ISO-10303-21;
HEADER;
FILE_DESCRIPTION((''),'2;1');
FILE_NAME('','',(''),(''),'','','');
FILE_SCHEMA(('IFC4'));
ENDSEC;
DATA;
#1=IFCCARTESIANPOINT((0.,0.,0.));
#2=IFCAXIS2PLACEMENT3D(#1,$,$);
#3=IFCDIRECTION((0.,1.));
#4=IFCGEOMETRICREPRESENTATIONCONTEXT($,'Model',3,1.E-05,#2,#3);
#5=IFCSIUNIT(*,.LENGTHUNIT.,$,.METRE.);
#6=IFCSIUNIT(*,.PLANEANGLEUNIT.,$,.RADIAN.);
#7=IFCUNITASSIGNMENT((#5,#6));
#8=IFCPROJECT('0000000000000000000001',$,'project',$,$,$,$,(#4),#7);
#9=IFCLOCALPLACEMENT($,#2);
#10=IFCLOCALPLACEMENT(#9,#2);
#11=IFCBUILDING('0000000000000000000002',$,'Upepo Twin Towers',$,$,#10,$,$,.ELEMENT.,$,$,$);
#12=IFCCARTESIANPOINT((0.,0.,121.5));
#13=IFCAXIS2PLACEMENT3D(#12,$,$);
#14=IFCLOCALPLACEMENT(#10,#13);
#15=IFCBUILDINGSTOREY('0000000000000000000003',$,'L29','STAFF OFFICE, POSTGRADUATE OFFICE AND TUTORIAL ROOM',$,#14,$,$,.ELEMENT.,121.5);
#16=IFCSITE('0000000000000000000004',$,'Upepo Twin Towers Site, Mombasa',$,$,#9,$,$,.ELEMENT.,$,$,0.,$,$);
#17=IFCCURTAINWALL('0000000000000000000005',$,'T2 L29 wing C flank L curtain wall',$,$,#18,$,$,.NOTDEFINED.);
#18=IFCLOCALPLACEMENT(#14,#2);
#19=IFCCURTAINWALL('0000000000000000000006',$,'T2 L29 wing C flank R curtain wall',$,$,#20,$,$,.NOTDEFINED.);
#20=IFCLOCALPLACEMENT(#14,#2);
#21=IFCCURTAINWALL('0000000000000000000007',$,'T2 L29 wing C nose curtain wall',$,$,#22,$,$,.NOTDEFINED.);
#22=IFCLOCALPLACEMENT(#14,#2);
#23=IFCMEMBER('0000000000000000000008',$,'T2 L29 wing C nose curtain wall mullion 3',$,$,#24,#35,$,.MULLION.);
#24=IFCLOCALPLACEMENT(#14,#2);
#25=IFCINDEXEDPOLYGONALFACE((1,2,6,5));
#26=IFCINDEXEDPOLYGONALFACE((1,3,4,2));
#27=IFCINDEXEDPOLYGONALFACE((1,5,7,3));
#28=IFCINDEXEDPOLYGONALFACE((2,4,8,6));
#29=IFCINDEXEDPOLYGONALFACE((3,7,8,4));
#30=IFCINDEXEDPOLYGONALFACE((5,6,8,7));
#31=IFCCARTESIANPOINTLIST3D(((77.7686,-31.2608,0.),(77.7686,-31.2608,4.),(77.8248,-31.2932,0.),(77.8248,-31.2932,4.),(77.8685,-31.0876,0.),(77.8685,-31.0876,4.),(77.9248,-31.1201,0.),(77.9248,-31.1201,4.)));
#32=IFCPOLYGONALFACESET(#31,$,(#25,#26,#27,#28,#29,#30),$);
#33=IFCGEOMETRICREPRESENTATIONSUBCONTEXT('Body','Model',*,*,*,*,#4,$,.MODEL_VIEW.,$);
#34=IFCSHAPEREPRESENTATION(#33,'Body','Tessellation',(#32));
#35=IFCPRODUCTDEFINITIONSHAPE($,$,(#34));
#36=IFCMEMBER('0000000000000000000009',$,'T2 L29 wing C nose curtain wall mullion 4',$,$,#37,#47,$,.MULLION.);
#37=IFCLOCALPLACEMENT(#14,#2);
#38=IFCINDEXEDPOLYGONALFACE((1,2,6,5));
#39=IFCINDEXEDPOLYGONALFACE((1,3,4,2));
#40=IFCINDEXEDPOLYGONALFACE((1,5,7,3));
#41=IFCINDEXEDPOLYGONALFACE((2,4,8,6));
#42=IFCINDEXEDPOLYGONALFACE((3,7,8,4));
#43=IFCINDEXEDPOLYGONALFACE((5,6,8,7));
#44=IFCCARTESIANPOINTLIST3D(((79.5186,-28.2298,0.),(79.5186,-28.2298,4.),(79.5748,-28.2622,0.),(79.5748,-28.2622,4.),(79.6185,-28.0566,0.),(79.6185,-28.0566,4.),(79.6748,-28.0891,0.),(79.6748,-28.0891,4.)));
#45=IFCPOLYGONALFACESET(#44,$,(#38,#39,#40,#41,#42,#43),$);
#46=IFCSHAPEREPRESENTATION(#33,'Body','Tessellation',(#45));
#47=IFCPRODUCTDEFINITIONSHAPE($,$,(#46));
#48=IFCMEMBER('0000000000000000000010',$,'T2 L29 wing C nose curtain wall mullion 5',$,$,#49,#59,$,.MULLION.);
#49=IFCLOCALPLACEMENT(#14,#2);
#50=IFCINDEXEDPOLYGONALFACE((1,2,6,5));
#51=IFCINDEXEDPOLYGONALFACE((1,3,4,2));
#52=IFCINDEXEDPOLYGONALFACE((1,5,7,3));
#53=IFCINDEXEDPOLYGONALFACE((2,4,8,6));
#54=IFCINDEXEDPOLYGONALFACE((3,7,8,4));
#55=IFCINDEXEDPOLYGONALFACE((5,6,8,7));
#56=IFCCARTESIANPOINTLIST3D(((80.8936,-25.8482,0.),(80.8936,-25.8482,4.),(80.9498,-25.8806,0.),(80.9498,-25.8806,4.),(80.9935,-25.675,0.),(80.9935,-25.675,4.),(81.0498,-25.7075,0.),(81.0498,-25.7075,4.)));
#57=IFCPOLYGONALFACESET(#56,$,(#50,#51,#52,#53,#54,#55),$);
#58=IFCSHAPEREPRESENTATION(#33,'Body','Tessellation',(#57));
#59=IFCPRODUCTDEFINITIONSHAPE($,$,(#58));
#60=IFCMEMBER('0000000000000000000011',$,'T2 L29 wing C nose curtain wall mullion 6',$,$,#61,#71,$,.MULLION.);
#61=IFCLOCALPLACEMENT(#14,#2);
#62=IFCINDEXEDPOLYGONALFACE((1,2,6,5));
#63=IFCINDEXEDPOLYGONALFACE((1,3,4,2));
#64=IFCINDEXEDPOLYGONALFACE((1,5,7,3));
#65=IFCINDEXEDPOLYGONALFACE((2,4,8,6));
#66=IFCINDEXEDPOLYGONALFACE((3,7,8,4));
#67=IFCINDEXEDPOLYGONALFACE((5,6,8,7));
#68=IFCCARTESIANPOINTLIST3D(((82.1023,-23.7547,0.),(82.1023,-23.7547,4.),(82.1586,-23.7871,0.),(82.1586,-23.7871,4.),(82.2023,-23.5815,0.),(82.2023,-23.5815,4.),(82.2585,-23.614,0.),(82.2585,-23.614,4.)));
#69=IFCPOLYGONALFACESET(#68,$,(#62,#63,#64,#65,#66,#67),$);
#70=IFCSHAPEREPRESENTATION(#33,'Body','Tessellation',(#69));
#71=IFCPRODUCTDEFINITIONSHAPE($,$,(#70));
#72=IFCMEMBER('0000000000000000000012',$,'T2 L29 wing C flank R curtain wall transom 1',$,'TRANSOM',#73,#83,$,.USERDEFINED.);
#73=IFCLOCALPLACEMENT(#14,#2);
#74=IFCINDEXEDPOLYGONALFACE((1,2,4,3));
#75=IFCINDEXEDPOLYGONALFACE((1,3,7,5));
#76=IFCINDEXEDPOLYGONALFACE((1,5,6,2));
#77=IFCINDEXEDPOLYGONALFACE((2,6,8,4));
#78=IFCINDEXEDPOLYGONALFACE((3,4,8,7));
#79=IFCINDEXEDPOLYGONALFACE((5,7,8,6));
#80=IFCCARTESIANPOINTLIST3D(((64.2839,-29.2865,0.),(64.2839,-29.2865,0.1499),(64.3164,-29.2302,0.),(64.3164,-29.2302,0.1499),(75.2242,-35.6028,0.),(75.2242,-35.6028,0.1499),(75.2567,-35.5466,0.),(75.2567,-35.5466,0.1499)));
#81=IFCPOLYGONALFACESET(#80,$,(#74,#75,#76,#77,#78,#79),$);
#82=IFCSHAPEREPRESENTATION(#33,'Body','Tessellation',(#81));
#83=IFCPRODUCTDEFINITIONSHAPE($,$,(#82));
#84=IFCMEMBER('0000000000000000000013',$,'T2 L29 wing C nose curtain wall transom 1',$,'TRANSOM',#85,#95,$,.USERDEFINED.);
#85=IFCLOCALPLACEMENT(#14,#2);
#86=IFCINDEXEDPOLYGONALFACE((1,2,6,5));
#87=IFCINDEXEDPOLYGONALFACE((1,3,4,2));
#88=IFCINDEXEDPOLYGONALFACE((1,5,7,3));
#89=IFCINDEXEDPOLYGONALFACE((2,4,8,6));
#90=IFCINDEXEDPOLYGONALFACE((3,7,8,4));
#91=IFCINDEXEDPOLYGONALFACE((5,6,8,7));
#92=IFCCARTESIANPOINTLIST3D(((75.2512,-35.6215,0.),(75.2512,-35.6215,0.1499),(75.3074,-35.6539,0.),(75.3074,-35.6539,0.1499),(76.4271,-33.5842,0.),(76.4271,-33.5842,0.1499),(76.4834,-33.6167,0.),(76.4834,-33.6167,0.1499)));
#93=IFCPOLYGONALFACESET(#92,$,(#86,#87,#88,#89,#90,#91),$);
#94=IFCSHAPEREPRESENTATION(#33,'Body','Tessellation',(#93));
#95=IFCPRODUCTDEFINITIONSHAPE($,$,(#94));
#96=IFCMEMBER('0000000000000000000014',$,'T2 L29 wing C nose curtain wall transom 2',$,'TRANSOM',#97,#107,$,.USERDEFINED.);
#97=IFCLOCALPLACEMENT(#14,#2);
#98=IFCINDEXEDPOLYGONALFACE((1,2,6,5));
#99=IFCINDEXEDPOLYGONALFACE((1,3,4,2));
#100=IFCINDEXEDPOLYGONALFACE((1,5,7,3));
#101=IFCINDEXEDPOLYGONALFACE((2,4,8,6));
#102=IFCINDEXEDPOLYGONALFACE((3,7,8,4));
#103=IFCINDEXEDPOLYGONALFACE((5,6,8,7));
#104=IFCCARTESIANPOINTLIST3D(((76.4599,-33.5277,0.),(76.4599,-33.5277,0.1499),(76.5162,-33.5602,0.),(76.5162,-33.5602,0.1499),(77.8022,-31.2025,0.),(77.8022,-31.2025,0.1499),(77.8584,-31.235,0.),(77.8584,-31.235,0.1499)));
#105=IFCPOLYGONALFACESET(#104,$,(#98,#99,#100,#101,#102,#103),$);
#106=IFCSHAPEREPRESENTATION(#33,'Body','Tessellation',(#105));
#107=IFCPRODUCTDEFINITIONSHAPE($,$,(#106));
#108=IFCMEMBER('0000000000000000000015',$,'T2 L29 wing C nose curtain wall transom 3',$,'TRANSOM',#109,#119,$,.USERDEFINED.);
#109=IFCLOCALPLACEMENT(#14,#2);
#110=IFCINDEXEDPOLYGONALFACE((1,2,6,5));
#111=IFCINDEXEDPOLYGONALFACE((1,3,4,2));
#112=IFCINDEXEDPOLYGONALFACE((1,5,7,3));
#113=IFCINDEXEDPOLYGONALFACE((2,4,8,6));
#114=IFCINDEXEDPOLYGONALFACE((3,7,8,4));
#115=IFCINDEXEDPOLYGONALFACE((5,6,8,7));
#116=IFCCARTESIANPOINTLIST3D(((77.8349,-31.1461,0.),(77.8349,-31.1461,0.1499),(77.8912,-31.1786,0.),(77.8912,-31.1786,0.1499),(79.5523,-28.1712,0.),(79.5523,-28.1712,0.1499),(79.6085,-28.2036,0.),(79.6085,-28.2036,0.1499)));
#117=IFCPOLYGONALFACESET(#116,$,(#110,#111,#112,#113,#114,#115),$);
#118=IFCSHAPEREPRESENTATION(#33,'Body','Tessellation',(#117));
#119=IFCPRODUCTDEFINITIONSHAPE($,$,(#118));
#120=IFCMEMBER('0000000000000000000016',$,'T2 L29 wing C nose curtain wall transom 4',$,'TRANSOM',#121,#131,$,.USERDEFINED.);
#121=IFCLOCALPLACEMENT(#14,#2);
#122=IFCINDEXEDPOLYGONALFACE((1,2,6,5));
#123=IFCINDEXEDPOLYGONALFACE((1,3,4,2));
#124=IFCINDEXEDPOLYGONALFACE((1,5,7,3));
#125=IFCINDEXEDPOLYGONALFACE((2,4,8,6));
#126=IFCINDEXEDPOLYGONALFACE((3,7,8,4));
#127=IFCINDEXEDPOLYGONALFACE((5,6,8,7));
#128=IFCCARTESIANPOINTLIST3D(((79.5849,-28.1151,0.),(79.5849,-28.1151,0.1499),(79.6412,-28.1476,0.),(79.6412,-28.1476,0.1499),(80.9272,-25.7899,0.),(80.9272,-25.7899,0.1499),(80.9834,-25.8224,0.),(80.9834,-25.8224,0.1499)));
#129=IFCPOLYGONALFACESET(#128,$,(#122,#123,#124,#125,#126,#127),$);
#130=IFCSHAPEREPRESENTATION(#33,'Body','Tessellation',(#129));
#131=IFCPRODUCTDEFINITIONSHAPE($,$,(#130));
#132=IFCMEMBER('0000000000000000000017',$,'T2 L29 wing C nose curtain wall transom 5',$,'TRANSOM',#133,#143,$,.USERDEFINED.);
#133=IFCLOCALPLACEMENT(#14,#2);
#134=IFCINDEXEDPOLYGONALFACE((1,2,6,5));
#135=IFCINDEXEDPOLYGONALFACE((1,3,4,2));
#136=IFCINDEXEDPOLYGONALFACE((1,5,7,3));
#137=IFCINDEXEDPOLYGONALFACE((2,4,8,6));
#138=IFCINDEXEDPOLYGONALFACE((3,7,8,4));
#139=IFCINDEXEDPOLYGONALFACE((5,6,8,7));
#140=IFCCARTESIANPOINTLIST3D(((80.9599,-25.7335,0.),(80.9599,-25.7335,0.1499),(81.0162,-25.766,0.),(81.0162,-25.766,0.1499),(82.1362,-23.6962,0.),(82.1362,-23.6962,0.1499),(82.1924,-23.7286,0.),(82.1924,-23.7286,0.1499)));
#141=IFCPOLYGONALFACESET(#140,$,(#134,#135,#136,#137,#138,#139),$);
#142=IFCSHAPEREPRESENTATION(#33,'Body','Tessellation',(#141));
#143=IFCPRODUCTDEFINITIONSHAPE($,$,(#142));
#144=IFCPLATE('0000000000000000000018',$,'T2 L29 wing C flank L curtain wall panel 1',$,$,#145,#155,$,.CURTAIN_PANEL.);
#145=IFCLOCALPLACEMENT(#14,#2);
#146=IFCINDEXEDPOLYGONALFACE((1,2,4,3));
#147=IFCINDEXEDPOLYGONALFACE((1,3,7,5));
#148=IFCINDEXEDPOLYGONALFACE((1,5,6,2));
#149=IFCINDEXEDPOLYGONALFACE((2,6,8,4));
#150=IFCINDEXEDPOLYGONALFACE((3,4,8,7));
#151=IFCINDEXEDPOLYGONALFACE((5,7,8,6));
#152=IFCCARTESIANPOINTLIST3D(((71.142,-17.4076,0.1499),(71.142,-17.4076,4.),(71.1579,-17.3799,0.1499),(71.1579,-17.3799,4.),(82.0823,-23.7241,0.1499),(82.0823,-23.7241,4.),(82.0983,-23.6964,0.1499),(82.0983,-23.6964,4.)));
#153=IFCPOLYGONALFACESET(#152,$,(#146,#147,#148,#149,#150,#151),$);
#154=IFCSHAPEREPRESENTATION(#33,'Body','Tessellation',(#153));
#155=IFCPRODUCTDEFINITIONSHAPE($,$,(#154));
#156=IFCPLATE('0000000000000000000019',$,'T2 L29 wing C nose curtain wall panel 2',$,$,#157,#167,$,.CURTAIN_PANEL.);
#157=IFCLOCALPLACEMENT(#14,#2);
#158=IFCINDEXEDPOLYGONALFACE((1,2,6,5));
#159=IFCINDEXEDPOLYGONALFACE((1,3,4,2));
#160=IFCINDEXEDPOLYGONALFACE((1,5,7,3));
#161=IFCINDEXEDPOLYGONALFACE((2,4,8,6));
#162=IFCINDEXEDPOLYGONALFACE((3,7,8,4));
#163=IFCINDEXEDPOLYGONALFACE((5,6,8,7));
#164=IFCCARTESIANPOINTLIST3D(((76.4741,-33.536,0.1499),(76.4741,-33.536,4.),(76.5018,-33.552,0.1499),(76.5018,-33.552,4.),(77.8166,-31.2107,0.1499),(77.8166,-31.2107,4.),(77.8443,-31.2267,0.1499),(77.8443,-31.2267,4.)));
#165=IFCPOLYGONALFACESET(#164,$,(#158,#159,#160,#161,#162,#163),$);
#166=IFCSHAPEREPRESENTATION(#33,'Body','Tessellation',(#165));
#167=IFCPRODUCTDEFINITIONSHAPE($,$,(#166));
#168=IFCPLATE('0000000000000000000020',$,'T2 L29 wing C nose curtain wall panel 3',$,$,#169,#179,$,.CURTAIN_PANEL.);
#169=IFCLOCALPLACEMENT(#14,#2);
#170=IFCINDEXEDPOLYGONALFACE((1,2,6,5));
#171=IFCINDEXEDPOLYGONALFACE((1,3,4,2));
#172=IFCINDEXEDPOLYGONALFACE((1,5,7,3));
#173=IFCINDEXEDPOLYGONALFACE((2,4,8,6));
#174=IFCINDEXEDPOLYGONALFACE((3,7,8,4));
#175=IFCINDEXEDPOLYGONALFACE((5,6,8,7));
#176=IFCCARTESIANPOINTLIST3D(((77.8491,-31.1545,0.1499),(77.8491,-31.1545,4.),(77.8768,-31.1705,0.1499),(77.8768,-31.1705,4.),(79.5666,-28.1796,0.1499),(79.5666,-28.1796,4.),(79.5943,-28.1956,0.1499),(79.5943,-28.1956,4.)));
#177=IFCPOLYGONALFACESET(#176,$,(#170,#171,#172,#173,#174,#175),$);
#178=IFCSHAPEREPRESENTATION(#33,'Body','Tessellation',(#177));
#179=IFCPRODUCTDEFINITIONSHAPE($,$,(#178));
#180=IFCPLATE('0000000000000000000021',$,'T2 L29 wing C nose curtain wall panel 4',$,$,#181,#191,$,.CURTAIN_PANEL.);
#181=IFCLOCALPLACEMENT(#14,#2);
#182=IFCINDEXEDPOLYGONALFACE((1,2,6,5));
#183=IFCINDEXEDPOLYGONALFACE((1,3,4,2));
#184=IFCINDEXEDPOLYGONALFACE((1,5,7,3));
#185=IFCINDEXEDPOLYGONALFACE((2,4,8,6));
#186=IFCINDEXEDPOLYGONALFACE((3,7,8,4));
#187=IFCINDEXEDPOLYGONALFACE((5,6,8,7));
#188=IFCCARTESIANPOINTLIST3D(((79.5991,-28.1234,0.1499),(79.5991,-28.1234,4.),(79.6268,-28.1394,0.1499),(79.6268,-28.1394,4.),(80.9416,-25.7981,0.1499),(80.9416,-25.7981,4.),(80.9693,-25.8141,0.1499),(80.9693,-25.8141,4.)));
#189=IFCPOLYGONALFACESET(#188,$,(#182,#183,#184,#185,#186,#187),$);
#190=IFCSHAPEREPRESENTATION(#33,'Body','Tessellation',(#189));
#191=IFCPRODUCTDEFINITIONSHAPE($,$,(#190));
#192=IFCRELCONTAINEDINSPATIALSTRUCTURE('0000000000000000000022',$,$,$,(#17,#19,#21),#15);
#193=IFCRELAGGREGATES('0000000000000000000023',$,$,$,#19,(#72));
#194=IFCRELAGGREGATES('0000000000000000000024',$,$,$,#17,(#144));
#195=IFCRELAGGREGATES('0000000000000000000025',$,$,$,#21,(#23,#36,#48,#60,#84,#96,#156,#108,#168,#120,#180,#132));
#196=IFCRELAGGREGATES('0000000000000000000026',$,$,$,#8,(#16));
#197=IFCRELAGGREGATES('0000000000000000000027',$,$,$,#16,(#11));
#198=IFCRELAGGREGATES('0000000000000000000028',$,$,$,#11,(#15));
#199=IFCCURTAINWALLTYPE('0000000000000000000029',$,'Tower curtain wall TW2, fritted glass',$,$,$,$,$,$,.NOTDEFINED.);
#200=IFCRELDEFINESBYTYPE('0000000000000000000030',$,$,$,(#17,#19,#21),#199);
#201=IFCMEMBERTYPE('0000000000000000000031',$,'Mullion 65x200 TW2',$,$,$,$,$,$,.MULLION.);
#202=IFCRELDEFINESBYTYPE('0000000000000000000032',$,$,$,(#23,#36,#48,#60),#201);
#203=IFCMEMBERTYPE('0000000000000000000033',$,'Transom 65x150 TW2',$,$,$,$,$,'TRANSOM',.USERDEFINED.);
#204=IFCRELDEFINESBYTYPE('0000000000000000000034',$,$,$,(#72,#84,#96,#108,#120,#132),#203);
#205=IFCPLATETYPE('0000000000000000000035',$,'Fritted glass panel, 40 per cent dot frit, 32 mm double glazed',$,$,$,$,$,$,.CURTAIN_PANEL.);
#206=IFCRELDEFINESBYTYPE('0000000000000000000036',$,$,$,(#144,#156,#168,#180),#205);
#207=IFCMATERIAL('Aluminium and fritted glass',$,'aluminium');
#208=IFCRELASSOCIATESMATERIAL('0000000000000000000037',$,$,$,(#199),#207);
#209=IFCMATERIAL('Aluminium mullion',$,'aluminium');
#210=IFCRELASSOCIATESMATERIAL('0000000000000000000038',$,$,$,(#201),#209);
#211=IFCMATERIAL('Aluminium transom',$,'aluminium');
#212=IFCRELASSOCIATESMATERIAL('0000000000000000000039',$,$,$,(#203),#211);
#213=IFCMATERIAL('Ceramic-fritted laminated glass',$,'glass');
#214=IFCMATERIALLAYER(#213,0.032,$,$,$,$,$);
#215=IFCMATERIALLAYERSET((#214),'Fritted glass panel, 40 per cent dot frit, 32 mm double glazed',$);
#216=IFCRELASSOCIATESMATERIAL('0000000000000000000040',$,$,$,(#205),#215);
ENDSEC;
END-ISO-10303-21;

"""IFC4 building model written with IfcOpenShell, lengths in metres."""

from ifc_helpers import new_model, si_unit, direction, frame, origin, origin_2d, place, context, subcontext, project, spatial, rectangle, extrude, material, layer, layer_set, material_profile, profile_set, type_object, element, aggregate, save


model = new_model("IFC4")

# Units and contexts
model_context = context("Model", 3, precision=1e-05, world=origin(), true_north=direction((0.0, 1.0)))
body_context = subcontext(model_context, "Body", "Model", "MODEL_VIEW")
ifc_project = project(units=[si_unit("LENGTHUNIT", "METRE"), si_unit("PLANEANGLEUNIT", "RADIAN")], contexts=[model_context])

# Site, building, storey
site_placement = place(None, origin())
site = spatial("IfcSite", under=ifc_project, at=site_placement, Name="Upepo Twin Towers Site, Mombasa", CompositionType="ELEMENT", RefElevation=0.0)
building_placement = place(site_placement, origin())
building = spatial("IfcBuilding", under=site, at=building_placement, Name="Upepo Twin Towers", CompositionType="ELEMENT")
storey_placement = place(building_placement, frame((0.0, 0.0, 121.5)))
storey = spatial("IfcBuildingStorey", under=building, at=storey_placement, Name="L29", Description="STAFF OFFICE, POSTGRADUATE OFFICE AND TUTORIAL ROOM", CompositionType="ELEMENT", Elevation=121.5)

# Curtain walls
ifc_material_1 = material(Name="Aluminium and fritted glass", Category="aluminium")
curtain_wall_type = type_object("IfcCurtainWallType", Name="Tower curtain wall TW2, fritted glass", PredefinedType="NOTDEFINED", material=ifc_material_1)
curtain_wall_1_placement = place(storey_placement, origin())
curtain_wall_1 = element("IfcCurtainWall", 1, at=curtain_wall_1_placement, inside=storey, type_object=curtain_wall_type, Name="T2 L29 wing C flank L curtain wall", PredefinedType="NOTDEFINED")
ifc_material_2 = material(Name="Aluminium mullion", Category="aluminium")
ifc_material_profile_1 = material_profile(ifc_material_2, rectangle(XDim=0.0649, YDim=0.2, at=origin_2d()), Name="MULLION 65x200")
ifc_profile_set_1 = profile_set([ifc_material_profile_1], Name="Aluminium mullion")
member_type_1 = type_object("IfcMemberType", Name="Mullion 65x200 TW2", PredefinedType="MULLION", material=ifc_profile_set_1)
curtain_wall_2_placement = place(storey_placement, origin())
curtain_wall_2 = element("IfcCurtainWall", 2, at=curtain_wall_2_placement, inside=storey, type_object=curtain_wall_type, Name="T2 L29 wing C flank R curtain wall", PredefinedType="NOTDEFINED")

# Curtain wall, members
curtain_wall_3_placement = place(storey_placement, origin())
curtain_wall_3 = element("IfcCurtainWall", 3, at=curtain_wall_3_placement, inside=storey, type_object=curtain_wall_type, Name="T2 L29 wing C nose curtain wall", PredefinedType="NOTDEFINED")
member_1_placement = place(storey_placement, frame((77.8467, -31.1904, 0.0), z_axis=(0.0, 0.0, 1.0), x_axis=(-0.866025, 0.5, 0.0)))
member_1 = element("IfcMember", 4, at=member_1_placement, type_object=member_type_1, Name="T2 L29 wing C nose curtain wall mullion 3", PredefinedType="MULLION", context=body_context, shape_type="SweptSolid", body=[
    extrude(rectangle(XDim=0.0649, YDim=0.2, at=origin_2d()), origin(), (0.0, 0.0, 1.0), 4.0),
])
member_2_placement = place(storey_placement, frame((79.5967, -28.1594, 0.0), z_axis=(0.0, 0.0, 1.0), x_axis=(-0.866025, 0.5, 0.0)))
member_2 = element("IfcMember", 5, at=member_2_placement, type_object=member_type_1, Name="T2 L29 wing C nose curtain wall mullion 4", PredefinedType="MULLION", context=body_context, shape_type="SweptSolid", body=[
    extrude(rectangle(XDim=0.0649, YDim=0.2, at=origin_2d()), origin(), (0.0, 0.0, 1.0), 4.0),
])
member_3_placement = place(storey_placement, frame((80.9717, -25.7778, 0.0), z_axis=(0.0, 0.0, 1.0), x_axis=(-0.866025, 0.5, 0.0)))
member_3 = element("IfcMember", 6, at=member_3_placement, type_object=member_type_1, Name="T2 L29 wing C nose curtain wall mullion 5", PredefinedType="MULLION", context=body_context, shape_type="SweptSolid", body=[
    extrude(rectangle(XDim=0.0649, YDim=0.2, at=origin_2d()), origin(), (0.0, 0.0, 1.0), 4.0),
])
member_4_placement = place(storey_placement, frame((82.1804, -23.6843, 0.0), z_axis=(0.0, 0.0, 1.0), x_axis=(-0.866025, 0.5, 0.0)))
member_4 = element("IfcMember", 7, at=member_4_placement, type_object=member_type_1, Name="T2 L29 wing C nose curtain wall mullion 6", PredefinedType="MULLION", context=body_context, shape_type="SweptSolid", body=[
    extrude(rectangle(XDim=0.0649, YDim=0.2, at=origin_2d()), origin(), (0.0, 0.0, 1.0), 4.0),
])

# Members
ifc_material_3 = material(Name="Aluminium transom", Category="aluminium")
ifc_material_profile_2 = material_profile(ifc_material_3, rectangle(XDim=0.0649, YDim=0.1499, at=origin_2d()), Name="TRANSOM 65x150")
ifc_profile_set_2 = profile_set([ifc_material_profile_2], Name="Aluminium transom")
member_type_2 = type_object("IfcMemberType", Name="Transom 65x150 TW2", ElementType="TRANSOM", PredefinedType="USERDEFINED", material=ifc_profile_set_2)
member_5_placement = place(storey_placement, frame((75.2405, -35.5747, 0.075), z_axis=(-0.866027, 0.499997, 0.0), x_axis=(-0.499997, -0.866027, 0.0)))
member_5 = element("IfcMember", 8, at=member_5_placement, type_object=member_type_2, Name="T2 L29 wing C flank R curtain wall transom 1", ObjectType="TRANSOM", PredefinedType="USERDEFINED", context=body_context, shape_type="SweptSolid", body=[
    extrude(rectangle(XDim=0.0649, YDim=0.1499, at=origin_2d()), origin(), (0.0, 0.0, 1.0), 12.6328),
])
aggregate(curtain_wall_2, [member_5])
member_6_placement = place(storey_placement, frame((75.2793, -35.6377, 0.075), z_axis=(0.499923, 0.86607, 0.0), x_axis=(-0.86607, 0.499923, 0.0)))
member_6 = element("IfcMember", 9, at=member_6_placement, type_object=member_type_2, Name="T2 L29 wing C nose curtain wall transom 1", ObjectType="TRANSOM", PredefinedType="USERDEFINED", context=body_context, shape_type="SweptSolid", body=[
    extrude(rectangle(XDim=0.0649, YDim=0.1499, at=origin_2d()), origin(), (0.0, 0.0, 1.0), 2.3523),
])
member_7_placement = place(storey_placement, frame((76.488, -33.5439, 0.075), z_axis=(0.499953, 0.866052, 0.0), x_axis=(-0.866052, 0.499953, 0.0)))
member_7 = element("IfcMember", 10, at=member_7_placement, type_object=member_type_2, Name="T2 L29 wing C nose curtain wall transom 2", ObjectType="TRANSOM", PredefinedType="USERDEFINED", context=body_context, shape_type="SweptSolid", body=[
    extrude(rectangle(XDim=0.0649, YDim=0.1499, at=origin_2d()), origin(), (0.0, 0.0, 1.0), 2.6848),
])
member_8_placement = place(storey_placement, frame((77.863, -31.1624, 0.075), z_axis=(0.499946, 0.866057, 0.0), x_axis=(-0.866057, 0.499946, 0.0)))
member_8 = element("IfcMember", 11, at=member_8_placement, type_object=member_type_2, Name="T2 L29 wing C nose curtain wall transom 3", ObjectType="TRANSOM", PredefinedType="USERDEFINED", context=body_context, shape_type="SweptSolid", body=[
    extrude(rectangle(XDim=0.0649, YDim=0.1499, at=origin_2d()), origin(), (0.0, 0.0, 1.0), 3.4351),
])
member_9_placement = place(storey_placement, frame((79.613, -28.1313, 0.075), z_axis=(0.499953, 0.866052, 0.0), x_axis=(-0.866052, 0.499953, 0.0)))
member_9 = element("IfcMember", 12, at=member_9_placement, type_object=member_type_2, Name="T2 L29 wing C nose curtain wall transom 4", ObjectType="TRANSOM", PredefinedType="USERDEFINED", context=body_context, shape_type="SweptSolid", body=[
    extrude(rectangle(XDim=0.0649, YDim=0.1499, at=origin_2d()), origin(), (0.0, 0.0, 1.0), 2.6848),
])
member_10_placement = place(storey_placement, frame((80.988, -25.7498, 0.075), z_axis=(0.500001, 0.866025, 0.0), x_axis=(-0.866025, 0.500001, 0.0)))
member_10 = element("IfcMember", 13, at=member_10_placement, type_object=member_type_2, Name="T2 L29 wing C nose curtain wall transom 5", ObjectType="TRANSOM", PredefinedType="USERDEFINED", context=body_context, shape_type="SweptSolid", body=[
    extrude(rectangle(XDim=0.0649, YDim=0.1499, at=origin_2d()), origin(), (0.0, 0.0, 1.0), 2.3525),
])

# Plates
ifc_material_4 = material(Name="Ceramic-fritted laminated glass", Category="glass")
ifc_layer_1 = layer(ifc_material_4, 0.032)
ifc_layer_set_1 = layer_set([ifc_layer_1], Name="Fritted glass panel, 40 per cent dot frit, 32 mm double glazed")
plate_type_1 = type_object("IfcPlateType", Name="Fritted glass panel, 40 per cent dot frit, 32 mm double glazed", PredefinedType="CURTAIN_PANEL", material=ifc_layer_set_1)
plate_1_placement = place(storey_placement, frame((76.6201, -20.552, 0.1499), z_axis=(0.0, 0.0, 1.0), x_axis=(0.866025, -0.5, 0.0)))
plate_1 = element("IfcPlate", 14, at=plate_1_placement, type_object=plate_type_1, Name="T2 L29 wing C flank L curtain wall panel 1", PredefinedType="CURTAIN_PANEL", context=body_context, shape_type="SweptSolid", body=[
    extrude(rectangle(XDim=12.6328, YDim=0.032, at=origin_2d()), origin(), (0.0, 0.0, 1.0), 3.8501),
])
aggregate(curtain_wall_1, [plate_1])
plate_2_placement = place(storey_placement, frame((77.1592, -32.3813, 0.1499), z_axis=(0.0, 0.0, 1.0), x_axis=(0.5, 0.866025, 0.0)))
plate_2 = element("IfcPlate", 15, at=plate_2_placement, type_object=plate_type_1, Name="T2 L29 wing C nose curtain wall panel 2", PredefinedType="CURTAIN_PANEL", context=body_context, shape_type="SweptSolid", body=[
    extrude(rectangle(XDim=2.6851, YDim=0.032, at=origin_2d()), origin(), (0.0, 0.0, 1.0), 3.8501),
])
plate_3_placement = place(storey_placement, frame((78.7217, -29.675, 0.1499), z_axis=(0.0, 0.0, 1.0), x_axis=(0.5, 0.866025, 0.0)))
plate_3 = element("IfcPlate", 16, at=plate_3_placement, type_object=plate_type_1, Name="T2 L29 wing C nose curtain wall panel 3", PredefinedType="CURTAIN_PANEL", context=body_context, shape_type="SweptSolid", body=[
    extrude(rectangle(XDim=3.4351, YDim=0.032, at=origin_2d()), origin(), (0.0, 0.0, 1.0), 3.8501),
])
plate_4_placement = place(storey_placement, frame((80.2842, -26.9688, 0.1499), z_axis=(0.0, 0.0, 1.0), x_axis=(0.5, 0.866025, 0.0)))
plate_4 = element("IfcPlate", 17, at=plate_4_placement, type_object=plate_type_1, Name="T2 L29 wing C nose curtain wall panel 4", PredefinedType="CURTAIN_PANEL", context=body_context, shape_type="SweptSolid", body=[
    extrude(rectangle(XDim=2.6851, YDim=0.032, at=origin_2d()), origin(), (0.0, 0.0, 1.0), 3.8501),
])
aggregate(curtain_wall_3, [member_1, member_2, member_3, member_4, member_6, member_7, plate_2, member_8, plate_3, member_9, plate_4, member_10])

save(model, "model.ifc")
